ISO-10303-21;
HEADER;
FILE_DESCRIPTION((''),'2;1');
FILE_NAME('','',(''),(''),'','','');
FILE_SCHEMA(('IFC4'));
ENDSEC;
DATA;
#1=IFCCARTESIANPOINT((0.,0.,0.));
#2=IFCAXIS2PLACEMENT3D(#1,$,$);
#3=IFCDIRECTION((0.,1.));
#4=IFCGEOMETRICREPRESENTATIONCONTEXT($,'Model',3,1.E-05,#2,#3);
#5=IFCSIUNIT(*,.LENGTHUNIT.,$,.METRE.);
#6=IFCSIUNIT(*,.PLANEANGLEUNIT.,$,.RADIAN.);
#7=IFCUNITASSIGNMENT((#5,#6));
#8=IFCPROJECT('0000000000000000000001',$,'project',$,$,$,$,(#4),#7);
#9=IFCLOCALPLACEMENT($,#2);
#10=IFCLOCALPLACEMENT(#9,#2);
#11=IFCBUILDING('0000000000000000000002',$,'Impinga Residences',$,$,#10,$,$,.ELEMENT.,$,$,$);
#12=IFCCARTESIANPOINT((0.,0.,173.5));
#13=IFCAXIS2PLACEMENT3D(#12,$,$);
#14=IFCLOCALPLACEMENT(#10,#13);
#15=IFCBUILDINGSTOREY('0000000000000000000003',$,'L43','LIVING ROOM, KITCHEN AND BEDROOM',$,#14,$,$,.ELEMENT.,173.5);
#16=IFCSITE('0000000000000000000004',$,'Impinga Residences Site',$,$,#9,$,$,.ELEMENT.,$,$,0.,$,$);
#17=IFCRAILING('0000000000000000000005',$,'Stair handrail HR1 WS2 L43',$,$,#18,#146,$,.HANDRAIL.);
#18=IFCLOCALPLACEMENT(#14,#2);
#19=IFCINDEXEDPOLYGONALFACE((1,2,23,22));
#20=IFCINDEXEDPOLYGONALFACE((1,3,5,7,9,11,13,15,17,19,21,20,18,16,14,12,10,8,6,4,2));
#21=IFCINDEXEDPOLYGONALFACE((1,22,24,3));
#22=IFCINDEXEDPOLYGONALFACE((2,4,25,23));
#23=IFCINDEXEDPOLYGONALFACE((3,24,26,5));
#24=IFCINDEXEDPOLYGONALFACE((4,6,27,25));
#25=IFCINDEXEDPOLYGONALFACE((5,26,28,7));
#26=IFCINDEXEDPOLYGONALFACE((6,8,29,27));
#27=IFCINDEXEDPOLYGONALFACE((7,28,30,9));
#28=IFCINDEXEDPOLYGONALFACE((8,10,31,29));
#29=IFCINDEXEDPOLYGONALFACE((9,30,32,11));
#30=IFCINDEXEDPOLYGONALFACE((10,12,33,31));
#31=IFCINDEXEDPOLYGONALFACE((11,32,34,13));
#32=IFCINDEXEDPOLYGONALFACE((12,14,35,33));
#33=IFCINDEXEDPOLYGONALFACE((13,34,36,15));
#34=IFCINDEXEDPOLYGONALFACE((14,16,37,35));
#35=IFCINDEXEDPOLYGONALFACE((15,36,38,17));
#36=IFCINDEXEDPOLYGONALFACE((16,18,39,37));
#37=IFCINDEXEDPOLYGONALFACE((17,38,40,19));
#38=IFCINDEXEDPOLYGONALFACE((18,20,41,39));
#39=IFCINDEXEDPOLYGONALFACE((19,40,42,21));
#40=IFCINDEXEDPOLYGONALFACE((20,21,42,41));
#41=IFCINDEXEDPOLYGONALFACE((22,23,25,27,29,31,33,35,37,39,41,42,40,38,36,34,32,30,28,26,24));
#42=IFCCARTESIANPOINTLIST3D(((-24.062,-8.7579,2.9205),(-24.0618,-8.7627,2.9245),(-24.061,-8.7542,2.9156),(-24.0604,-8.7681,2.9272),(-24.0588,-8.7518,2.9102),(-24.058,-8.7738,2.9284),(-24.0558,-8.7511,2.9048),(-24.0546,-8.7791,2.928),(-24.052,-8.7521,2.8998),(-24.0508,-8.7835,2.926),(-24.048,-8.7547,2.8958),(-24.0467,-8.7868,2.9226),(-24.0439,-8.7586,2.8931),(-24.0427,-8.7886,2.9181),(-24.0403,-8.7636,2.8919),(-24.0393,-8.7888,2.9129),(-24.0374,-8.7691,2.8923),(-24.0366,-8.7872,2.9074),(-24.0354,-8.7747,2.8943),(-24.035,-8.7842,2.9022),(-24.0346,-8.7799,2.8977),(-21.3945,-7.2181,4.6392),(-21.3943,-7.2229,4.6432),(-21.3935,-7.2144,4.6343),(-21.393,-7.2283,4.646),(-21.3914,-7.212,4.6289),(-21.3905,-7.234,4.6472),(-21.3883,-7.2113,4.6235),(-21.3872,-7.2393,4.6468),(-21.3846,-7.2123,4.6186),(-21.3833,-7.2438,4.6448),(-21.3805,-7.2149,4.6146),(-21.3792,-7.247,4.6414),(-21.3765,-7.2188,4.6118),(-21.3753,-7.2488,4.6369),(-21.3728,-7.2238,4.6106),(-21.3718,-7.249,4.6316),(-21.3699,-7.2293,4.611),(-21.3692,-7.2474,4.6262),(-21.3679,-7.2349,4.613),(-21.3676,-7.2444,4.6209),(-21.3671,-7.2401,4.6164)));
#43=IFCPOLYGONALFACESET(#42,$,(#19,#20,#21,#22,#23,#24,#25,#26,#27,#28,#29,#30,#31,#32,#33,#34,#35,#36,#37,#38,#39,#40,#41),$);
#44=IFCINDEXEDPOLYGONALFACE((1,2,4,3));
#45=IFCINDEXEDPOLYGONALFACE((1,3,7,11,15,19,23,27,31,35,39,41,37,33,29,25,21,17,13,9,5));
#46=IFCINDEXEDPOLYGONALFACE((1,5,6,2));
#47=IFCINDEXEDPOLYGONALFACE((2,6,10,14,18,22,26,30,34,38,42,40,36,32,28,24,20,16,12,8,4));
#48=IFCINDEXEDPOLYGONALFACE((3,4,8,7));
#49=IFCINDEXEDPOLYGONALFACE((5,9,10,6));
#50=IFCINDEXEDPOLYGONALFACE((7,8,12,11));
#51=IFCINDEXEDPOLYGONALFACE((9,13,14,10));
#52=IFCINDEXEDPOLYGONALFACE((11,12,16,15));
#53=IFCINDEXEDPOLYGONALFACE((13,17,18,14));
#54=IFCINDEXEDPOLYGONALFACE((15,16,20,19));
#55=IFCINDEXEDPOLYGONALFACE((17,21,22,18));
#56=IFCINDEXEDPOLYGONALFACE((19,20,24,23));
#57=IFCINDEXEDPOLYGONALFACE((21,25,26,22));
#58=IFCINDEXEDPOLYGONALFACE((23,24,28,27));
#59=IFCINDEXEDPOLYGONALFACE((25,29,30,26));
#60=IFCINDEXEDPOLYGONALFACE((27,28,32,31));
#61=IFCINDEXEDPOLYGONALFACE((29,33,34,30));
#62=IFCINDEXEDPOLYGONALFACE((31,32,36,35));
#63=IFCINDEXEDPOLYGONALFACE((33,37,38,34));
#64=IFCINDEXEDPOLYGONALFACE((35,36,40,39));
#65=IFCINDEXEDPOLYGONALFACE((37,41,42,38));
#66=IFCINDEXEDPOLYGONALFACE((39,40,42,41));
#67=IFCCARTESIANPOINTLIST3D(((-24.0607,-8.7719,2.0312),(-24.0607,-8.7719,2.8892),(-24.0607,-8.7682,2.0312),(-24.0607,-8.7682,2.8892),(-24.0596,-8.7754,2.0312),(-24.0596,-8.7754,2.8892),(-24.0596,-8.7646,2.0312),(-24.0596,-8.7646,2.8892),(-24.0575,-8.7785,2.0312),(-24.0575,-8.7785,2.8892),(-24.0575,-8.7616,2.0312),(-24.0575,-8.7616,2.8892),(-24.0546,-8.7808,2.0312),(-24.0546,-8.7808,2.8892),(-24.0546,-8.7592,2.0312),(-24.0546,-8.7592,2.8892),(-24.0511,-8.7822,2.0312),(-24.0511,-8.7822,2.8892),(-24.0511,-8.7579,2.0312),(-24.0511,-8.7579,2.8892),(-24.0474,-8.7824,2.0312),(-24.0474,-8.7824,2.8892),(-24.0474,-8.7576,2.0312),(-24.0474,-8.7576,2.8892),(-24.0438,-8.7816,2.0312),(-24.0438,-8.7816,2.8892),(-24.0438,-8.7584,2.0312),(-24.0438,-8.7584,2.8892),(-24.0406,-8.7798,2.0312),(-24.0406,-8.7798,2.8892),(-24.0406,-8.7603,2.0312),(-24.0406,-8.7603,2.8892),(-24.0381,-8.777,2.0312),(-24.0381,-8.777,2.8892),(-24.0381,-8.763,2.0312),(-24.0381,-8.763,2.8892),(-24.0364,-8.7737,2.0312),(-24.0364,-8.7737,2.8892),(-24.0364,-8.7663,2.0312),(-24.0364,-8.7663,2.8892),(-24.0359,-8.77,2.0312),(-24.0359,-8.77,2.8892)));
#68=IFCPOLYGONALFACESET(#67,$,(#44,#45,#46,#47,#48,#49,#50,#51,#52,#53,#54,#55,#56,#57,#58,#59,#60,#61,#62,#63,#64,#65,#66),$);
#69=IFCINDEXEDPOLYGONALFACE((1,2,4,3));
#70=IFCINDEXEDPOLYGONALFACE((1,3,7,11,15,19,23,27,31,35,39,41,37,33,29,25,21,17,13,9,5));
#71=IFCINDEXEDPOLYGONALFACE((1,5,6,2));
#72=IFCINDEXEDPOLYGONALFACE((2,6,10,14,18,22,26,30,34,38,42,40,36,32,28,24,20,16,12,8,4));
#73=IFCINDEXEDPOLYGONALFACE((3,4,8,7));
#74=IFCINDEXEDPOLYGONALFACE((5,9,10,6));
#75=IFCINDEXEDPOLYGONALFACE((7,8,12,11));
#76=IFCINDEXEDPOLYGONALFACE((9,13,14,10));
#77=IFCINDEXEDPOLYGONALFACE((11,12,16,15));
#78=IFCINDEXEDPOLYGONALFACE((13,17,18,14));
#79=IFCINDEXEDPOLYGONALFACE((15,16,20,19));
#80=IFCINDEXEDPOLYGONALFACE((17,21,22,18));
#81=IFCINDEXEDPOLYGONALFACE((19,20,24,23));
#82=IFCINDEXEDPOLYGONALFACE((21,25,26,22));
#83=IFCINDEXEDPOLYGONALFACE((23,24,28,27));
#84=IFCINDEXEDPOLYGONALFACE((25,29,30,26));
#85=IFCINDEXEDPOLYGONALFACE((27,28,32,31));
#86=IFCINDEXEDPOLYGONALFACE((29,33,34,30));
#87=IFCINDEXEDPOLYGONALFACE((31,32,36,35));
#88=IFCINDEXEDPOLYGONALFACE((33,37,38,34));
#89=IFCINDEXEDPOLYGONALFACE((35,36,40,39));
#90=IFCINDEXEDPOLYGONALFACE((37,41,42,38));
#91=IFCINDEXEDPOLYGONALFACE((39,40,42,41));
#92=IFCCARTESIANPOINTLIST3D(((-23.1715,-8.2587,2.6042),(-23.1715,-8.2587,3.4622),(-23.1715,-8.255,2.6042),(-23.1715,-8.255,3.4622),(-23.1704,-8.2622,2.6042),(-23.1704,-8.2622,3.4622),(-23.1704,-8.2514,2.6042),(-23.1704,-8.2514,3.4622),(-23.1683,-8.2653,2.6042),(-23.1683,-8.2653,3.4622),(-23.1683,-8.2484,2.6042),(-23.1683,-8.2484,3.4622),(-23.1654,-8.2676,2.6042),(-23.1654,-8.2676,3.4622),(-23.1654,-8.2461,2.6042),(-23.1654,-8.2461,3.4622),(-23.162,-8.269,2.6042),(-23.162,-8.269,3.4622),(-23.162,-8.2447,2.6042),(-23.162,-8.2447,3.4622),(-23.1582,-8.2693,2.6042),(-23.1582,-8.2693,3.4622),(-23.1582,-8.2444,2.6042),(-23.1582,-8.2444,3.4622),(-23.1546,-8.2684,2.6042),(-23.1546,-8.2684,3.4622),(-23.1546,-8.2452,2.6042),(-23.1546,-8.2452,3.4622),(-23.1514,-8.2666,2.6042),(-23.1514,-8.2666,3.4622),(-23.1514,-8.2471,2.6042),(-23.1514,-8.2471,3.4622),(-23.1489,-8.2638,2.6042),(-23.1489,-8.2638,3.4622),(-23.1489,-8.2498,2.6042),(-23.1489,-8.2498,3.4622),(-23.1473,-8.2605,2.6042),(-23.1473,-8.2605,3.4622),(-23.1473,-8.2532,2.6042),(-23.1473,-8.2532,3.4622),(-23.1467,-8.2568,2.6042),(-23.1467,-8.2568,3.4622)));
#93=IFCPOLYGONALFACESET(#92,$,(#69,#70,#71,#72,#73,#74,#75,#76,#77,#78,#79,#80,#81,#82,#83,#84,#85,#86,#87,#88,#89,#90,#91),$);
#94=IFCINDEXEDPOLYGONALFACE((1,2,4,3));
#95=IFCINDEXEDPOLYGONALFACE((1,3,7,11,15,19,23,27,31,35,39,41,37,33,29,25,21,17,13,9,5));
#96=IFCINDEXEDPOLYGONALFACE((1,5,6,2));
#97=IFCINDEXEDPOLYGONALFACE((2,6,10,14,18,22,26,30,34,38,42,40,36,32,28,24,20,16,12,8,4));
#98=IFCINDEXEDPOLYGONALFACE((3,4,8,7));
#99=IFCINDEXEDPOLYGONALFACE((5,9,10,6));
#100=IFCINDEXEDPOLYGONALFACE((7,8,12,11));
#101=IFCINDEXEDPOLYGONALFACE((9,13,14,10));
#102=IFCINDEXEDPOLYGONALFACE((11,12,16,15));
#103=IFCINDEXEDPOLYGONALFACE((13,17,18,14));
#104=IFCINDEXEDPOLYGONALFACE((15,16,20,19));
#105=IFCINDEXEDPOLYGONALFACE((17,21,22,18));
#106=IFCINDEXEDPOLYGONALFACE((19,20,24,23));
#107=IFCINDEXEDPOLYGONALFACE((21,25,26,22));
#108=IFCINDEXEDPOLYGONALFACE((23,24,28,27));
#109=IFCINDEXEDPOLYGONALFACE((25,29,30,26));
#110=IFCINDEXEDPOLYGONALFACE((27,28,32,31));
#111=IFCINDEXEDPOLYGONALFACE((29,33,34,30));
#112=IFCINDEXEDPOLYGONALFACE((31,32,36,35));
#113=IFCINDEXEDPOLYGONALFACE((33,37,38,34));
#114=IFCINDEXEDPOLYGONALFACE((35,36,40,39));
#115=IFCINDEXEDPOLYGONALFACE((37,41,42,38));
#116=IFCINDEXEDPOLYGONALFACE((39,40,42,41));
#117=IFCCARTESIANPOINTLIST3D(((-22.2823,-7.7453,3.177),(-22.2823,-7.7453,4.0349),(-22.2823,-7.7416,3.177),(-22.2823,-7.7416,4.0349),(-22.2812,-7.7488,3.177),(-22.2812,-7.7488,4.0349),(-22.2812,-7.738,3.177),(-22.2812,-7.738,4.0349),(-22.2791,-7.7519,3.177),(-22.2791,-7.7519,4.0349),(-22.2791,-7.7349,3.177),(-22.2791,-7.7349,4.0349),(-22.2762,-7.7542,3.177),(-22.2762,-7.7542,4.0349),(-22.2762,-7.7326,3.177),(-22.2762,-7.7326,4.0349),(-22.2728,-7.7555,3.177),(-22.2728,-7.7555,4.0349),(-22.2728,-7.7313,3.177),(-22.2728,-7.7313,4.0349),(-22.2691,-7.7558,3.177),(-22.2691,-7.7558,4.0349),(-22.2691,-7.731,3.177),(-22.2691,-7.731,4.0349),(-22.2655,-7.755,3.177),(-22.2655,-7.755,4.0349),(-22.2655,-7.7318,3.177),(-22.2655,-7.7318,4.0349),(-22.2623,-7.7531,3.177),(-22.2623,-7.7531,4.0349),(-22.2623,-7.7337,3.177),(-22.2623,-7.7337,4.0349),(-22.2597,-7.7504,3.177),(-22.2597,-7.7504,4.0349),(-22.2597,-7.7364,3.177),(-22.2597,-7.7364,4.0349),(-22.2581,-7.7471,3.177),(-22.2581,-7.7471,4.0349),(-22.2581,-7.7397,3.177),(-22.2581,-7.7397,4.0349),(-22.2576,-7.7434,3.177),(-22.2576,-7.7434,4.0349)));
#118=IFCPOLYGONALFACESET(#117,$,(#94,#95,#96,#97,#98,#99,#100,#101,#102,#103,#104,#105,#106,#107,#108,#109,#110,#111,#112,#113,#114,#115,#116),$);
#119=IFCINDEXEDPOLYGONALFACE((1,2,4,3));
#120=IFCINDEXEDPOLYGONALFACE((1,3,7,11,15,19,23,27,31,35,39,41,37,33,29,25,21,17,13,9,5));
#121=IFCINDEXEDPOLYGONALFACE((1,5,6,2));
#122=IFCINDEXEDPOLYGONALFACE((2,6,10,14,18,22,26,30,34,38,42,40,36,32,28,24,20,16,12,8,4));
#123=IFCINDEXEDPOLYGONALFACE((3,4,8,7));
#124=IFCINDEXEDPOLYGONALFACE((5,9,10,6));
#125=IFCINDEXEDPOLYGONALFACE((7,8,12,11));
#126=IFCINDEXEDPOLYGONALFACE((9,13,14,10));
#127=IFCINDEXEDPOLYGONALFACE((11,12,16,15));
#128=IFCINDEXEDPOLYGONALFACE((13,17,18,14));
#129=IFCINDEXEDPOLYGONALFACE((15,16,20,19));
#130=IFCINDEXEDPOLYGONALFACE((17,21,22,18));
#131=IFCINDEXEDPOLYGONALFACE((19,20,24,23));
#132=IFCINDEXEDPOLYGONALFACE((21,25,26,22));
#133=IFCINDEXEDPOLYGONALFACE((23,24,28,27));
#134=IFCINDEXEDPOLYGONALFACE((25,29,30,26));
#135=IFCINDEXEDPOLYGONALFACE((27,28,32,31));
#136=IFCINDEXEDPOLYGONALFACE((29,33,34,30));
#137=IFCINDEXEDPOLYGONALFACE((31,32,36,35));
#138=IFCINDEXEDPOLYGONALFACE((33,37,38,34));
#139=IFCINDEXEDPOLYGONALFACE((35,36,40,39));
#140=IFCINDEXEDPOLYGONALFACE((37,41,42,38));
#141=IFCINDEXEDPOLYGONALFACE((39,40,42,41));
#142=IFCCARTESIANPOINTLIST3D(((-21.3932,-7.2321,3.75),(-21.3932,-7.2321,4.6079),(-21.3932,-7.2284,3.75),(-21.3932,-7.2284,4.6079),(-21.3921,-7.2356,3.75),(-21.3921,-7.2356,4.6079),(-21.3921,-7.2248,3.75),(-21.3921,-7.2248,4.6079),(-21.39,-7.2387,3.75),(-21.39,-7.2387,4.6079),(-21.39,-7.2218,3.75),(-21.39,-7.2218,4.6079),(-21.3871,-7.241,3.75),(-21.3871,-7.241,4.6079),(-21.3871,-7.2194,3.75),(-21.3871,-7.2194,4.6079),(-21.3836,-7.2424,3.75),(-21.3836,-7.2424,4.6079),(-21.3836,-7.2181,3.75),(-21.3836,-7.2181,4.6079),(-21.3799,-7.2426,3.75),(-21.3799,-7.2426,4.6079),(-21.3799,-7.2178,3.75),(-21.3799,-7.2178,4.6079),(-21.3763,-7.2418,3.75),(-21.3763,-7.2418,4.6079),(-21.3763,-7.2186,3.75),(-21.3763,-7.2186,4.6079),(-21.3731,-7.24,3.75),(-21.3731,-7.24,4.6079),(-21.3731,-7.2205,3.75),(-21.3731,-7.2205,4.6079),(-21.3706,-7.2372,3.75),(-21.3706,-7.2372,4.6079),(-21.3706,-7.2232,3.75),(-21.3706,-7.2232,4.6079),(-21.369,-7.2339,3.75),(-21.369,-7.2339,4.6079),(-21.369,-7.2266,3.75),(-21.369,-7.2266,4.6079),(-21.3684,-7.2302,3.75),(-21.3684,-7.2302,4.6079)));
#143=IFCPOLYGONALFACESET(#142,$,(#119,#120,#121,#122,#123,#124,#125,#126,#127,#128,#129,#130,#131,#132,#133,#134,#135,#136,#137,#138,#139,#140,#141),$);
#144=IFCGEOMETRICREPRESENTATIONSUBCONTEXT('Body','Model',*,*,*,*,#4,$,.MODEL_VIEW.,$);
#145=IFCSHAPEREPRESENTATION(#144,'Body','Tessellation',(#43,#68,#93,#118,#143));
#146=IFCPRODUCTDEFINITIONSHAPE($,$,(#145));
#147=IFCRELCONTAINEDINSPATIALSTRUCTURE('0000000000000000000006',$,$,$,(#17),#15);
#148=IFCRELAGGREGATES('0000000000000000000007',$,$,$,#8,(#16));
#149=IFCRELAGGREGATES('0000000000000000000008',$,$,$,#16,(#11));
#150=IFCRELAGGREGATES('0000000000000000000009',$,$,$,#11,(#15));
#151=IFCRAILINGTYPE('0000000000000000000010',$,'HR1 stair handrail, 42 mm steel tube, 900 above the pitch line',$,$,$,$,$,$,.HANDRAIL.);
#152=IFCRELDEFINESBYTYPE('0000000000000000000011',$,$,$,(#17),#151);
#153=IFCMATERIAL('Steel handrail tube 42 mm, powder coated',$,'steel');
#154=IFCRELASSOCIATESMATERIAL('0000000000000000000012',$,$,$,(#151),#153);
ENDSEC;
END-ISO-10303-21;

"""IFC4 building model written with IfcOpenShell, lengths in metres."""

from ifc_helpers import new_model, si_unit, direction, frame, origin, origin_2d, place, context, subcontext, project, spatial, circle, extrude, material, type_object, element, save


model = new_model("IFC4")

# Units and contexts
model_context = context("Model", 3, precision=1e-05, world=origin(), true_north=direction((0.0, 1.0)))
body_context = subcontext(model_context, "Body", "Model", "MODEL_VIEW")
ifc_project = project(units=[si_unit("LENGTHUNIT", "METRE"), si_unit("PLANEANGLEUNIT", "RADIAN")], contexts=[model_context])

# Site, building, storey
site_placement = place(None, origin())
site = spatial("IfcSite", under=ifc_project, at=site_placement, Name="Impinga Residences Site", CompositionType="ELEMENT", RefElevation=0.0)
building_placement = place(site_placement, origin())
building = spatial("IfcBuilding", under=site, at=building_placement, Name="Impinga Residences", CompositionType="ELEMENT")
storey_placement = place(building_placement, frame((0.0, 0.0, 173.5)))
storey = spatial("IfcBuildingStorey", under=building, at=storey_placement, Name="L43", Description="LIVING ROOM, KITCHEN AND BEDROOM", CompositionType="ELEMENT", Elevation=173.5)

# Railing
ifc_material_1 = material(Name="Steel handrail tube 42 mm, powder coated", Category="steel")
railing_type_1 = type_object("IfcRailingType", Name="HR1 stair handrail, 42 mm steel tube, 900 above the pitch line", PredefinedType="HANDRAIL", material=ifc_material_1)
railing_1_placement = place(storey_placement, frame((-24.0483, -8.77, 2.0312)))
element("IfcRailing", 1, at=railing_1_placement, inside=storey, type_object=railing_type_1, Name="Stair handrail HR1 WS2 L43", PredefinedType="HANDRAIL", context=body_context, shape_type="SweptSolid", body=[
    extrude(circle(Radius=0.021, at=origin_2d()), frame((0.0, 0.0, 0.8789), z_axis=(0.756279, 0.43656, 0.487297), x_axis=(-0.499933, 0.866064, 0.0)), (0.0, 0.0, 1.0), 3.5271),
    extrude(circle(Radius=0.0125, at=origin_2d()), origin(), (0.0, 0.0, 1.0), 0.8579),
    extrude(circle(Radius=0.0125, at=origin_2d()), frame((0.8892, 0.5132, 0.573)), (0.0, 0.0, 1.0), 0.8579),
    extrude(circle(Radius=0.0125, at=origin_2d()), frame((1.7783, 1.0266, 1.1458)), (0.0, 0.0, 1.0), 0.8579),
    extrude(circle(Radius=0.0125, at=origin_2d()), frame((2.6675, 1.5398, 1.7188)), (0.0, 0.0, 1.0), 0.8579),
])

save(model, "model.ifc")
